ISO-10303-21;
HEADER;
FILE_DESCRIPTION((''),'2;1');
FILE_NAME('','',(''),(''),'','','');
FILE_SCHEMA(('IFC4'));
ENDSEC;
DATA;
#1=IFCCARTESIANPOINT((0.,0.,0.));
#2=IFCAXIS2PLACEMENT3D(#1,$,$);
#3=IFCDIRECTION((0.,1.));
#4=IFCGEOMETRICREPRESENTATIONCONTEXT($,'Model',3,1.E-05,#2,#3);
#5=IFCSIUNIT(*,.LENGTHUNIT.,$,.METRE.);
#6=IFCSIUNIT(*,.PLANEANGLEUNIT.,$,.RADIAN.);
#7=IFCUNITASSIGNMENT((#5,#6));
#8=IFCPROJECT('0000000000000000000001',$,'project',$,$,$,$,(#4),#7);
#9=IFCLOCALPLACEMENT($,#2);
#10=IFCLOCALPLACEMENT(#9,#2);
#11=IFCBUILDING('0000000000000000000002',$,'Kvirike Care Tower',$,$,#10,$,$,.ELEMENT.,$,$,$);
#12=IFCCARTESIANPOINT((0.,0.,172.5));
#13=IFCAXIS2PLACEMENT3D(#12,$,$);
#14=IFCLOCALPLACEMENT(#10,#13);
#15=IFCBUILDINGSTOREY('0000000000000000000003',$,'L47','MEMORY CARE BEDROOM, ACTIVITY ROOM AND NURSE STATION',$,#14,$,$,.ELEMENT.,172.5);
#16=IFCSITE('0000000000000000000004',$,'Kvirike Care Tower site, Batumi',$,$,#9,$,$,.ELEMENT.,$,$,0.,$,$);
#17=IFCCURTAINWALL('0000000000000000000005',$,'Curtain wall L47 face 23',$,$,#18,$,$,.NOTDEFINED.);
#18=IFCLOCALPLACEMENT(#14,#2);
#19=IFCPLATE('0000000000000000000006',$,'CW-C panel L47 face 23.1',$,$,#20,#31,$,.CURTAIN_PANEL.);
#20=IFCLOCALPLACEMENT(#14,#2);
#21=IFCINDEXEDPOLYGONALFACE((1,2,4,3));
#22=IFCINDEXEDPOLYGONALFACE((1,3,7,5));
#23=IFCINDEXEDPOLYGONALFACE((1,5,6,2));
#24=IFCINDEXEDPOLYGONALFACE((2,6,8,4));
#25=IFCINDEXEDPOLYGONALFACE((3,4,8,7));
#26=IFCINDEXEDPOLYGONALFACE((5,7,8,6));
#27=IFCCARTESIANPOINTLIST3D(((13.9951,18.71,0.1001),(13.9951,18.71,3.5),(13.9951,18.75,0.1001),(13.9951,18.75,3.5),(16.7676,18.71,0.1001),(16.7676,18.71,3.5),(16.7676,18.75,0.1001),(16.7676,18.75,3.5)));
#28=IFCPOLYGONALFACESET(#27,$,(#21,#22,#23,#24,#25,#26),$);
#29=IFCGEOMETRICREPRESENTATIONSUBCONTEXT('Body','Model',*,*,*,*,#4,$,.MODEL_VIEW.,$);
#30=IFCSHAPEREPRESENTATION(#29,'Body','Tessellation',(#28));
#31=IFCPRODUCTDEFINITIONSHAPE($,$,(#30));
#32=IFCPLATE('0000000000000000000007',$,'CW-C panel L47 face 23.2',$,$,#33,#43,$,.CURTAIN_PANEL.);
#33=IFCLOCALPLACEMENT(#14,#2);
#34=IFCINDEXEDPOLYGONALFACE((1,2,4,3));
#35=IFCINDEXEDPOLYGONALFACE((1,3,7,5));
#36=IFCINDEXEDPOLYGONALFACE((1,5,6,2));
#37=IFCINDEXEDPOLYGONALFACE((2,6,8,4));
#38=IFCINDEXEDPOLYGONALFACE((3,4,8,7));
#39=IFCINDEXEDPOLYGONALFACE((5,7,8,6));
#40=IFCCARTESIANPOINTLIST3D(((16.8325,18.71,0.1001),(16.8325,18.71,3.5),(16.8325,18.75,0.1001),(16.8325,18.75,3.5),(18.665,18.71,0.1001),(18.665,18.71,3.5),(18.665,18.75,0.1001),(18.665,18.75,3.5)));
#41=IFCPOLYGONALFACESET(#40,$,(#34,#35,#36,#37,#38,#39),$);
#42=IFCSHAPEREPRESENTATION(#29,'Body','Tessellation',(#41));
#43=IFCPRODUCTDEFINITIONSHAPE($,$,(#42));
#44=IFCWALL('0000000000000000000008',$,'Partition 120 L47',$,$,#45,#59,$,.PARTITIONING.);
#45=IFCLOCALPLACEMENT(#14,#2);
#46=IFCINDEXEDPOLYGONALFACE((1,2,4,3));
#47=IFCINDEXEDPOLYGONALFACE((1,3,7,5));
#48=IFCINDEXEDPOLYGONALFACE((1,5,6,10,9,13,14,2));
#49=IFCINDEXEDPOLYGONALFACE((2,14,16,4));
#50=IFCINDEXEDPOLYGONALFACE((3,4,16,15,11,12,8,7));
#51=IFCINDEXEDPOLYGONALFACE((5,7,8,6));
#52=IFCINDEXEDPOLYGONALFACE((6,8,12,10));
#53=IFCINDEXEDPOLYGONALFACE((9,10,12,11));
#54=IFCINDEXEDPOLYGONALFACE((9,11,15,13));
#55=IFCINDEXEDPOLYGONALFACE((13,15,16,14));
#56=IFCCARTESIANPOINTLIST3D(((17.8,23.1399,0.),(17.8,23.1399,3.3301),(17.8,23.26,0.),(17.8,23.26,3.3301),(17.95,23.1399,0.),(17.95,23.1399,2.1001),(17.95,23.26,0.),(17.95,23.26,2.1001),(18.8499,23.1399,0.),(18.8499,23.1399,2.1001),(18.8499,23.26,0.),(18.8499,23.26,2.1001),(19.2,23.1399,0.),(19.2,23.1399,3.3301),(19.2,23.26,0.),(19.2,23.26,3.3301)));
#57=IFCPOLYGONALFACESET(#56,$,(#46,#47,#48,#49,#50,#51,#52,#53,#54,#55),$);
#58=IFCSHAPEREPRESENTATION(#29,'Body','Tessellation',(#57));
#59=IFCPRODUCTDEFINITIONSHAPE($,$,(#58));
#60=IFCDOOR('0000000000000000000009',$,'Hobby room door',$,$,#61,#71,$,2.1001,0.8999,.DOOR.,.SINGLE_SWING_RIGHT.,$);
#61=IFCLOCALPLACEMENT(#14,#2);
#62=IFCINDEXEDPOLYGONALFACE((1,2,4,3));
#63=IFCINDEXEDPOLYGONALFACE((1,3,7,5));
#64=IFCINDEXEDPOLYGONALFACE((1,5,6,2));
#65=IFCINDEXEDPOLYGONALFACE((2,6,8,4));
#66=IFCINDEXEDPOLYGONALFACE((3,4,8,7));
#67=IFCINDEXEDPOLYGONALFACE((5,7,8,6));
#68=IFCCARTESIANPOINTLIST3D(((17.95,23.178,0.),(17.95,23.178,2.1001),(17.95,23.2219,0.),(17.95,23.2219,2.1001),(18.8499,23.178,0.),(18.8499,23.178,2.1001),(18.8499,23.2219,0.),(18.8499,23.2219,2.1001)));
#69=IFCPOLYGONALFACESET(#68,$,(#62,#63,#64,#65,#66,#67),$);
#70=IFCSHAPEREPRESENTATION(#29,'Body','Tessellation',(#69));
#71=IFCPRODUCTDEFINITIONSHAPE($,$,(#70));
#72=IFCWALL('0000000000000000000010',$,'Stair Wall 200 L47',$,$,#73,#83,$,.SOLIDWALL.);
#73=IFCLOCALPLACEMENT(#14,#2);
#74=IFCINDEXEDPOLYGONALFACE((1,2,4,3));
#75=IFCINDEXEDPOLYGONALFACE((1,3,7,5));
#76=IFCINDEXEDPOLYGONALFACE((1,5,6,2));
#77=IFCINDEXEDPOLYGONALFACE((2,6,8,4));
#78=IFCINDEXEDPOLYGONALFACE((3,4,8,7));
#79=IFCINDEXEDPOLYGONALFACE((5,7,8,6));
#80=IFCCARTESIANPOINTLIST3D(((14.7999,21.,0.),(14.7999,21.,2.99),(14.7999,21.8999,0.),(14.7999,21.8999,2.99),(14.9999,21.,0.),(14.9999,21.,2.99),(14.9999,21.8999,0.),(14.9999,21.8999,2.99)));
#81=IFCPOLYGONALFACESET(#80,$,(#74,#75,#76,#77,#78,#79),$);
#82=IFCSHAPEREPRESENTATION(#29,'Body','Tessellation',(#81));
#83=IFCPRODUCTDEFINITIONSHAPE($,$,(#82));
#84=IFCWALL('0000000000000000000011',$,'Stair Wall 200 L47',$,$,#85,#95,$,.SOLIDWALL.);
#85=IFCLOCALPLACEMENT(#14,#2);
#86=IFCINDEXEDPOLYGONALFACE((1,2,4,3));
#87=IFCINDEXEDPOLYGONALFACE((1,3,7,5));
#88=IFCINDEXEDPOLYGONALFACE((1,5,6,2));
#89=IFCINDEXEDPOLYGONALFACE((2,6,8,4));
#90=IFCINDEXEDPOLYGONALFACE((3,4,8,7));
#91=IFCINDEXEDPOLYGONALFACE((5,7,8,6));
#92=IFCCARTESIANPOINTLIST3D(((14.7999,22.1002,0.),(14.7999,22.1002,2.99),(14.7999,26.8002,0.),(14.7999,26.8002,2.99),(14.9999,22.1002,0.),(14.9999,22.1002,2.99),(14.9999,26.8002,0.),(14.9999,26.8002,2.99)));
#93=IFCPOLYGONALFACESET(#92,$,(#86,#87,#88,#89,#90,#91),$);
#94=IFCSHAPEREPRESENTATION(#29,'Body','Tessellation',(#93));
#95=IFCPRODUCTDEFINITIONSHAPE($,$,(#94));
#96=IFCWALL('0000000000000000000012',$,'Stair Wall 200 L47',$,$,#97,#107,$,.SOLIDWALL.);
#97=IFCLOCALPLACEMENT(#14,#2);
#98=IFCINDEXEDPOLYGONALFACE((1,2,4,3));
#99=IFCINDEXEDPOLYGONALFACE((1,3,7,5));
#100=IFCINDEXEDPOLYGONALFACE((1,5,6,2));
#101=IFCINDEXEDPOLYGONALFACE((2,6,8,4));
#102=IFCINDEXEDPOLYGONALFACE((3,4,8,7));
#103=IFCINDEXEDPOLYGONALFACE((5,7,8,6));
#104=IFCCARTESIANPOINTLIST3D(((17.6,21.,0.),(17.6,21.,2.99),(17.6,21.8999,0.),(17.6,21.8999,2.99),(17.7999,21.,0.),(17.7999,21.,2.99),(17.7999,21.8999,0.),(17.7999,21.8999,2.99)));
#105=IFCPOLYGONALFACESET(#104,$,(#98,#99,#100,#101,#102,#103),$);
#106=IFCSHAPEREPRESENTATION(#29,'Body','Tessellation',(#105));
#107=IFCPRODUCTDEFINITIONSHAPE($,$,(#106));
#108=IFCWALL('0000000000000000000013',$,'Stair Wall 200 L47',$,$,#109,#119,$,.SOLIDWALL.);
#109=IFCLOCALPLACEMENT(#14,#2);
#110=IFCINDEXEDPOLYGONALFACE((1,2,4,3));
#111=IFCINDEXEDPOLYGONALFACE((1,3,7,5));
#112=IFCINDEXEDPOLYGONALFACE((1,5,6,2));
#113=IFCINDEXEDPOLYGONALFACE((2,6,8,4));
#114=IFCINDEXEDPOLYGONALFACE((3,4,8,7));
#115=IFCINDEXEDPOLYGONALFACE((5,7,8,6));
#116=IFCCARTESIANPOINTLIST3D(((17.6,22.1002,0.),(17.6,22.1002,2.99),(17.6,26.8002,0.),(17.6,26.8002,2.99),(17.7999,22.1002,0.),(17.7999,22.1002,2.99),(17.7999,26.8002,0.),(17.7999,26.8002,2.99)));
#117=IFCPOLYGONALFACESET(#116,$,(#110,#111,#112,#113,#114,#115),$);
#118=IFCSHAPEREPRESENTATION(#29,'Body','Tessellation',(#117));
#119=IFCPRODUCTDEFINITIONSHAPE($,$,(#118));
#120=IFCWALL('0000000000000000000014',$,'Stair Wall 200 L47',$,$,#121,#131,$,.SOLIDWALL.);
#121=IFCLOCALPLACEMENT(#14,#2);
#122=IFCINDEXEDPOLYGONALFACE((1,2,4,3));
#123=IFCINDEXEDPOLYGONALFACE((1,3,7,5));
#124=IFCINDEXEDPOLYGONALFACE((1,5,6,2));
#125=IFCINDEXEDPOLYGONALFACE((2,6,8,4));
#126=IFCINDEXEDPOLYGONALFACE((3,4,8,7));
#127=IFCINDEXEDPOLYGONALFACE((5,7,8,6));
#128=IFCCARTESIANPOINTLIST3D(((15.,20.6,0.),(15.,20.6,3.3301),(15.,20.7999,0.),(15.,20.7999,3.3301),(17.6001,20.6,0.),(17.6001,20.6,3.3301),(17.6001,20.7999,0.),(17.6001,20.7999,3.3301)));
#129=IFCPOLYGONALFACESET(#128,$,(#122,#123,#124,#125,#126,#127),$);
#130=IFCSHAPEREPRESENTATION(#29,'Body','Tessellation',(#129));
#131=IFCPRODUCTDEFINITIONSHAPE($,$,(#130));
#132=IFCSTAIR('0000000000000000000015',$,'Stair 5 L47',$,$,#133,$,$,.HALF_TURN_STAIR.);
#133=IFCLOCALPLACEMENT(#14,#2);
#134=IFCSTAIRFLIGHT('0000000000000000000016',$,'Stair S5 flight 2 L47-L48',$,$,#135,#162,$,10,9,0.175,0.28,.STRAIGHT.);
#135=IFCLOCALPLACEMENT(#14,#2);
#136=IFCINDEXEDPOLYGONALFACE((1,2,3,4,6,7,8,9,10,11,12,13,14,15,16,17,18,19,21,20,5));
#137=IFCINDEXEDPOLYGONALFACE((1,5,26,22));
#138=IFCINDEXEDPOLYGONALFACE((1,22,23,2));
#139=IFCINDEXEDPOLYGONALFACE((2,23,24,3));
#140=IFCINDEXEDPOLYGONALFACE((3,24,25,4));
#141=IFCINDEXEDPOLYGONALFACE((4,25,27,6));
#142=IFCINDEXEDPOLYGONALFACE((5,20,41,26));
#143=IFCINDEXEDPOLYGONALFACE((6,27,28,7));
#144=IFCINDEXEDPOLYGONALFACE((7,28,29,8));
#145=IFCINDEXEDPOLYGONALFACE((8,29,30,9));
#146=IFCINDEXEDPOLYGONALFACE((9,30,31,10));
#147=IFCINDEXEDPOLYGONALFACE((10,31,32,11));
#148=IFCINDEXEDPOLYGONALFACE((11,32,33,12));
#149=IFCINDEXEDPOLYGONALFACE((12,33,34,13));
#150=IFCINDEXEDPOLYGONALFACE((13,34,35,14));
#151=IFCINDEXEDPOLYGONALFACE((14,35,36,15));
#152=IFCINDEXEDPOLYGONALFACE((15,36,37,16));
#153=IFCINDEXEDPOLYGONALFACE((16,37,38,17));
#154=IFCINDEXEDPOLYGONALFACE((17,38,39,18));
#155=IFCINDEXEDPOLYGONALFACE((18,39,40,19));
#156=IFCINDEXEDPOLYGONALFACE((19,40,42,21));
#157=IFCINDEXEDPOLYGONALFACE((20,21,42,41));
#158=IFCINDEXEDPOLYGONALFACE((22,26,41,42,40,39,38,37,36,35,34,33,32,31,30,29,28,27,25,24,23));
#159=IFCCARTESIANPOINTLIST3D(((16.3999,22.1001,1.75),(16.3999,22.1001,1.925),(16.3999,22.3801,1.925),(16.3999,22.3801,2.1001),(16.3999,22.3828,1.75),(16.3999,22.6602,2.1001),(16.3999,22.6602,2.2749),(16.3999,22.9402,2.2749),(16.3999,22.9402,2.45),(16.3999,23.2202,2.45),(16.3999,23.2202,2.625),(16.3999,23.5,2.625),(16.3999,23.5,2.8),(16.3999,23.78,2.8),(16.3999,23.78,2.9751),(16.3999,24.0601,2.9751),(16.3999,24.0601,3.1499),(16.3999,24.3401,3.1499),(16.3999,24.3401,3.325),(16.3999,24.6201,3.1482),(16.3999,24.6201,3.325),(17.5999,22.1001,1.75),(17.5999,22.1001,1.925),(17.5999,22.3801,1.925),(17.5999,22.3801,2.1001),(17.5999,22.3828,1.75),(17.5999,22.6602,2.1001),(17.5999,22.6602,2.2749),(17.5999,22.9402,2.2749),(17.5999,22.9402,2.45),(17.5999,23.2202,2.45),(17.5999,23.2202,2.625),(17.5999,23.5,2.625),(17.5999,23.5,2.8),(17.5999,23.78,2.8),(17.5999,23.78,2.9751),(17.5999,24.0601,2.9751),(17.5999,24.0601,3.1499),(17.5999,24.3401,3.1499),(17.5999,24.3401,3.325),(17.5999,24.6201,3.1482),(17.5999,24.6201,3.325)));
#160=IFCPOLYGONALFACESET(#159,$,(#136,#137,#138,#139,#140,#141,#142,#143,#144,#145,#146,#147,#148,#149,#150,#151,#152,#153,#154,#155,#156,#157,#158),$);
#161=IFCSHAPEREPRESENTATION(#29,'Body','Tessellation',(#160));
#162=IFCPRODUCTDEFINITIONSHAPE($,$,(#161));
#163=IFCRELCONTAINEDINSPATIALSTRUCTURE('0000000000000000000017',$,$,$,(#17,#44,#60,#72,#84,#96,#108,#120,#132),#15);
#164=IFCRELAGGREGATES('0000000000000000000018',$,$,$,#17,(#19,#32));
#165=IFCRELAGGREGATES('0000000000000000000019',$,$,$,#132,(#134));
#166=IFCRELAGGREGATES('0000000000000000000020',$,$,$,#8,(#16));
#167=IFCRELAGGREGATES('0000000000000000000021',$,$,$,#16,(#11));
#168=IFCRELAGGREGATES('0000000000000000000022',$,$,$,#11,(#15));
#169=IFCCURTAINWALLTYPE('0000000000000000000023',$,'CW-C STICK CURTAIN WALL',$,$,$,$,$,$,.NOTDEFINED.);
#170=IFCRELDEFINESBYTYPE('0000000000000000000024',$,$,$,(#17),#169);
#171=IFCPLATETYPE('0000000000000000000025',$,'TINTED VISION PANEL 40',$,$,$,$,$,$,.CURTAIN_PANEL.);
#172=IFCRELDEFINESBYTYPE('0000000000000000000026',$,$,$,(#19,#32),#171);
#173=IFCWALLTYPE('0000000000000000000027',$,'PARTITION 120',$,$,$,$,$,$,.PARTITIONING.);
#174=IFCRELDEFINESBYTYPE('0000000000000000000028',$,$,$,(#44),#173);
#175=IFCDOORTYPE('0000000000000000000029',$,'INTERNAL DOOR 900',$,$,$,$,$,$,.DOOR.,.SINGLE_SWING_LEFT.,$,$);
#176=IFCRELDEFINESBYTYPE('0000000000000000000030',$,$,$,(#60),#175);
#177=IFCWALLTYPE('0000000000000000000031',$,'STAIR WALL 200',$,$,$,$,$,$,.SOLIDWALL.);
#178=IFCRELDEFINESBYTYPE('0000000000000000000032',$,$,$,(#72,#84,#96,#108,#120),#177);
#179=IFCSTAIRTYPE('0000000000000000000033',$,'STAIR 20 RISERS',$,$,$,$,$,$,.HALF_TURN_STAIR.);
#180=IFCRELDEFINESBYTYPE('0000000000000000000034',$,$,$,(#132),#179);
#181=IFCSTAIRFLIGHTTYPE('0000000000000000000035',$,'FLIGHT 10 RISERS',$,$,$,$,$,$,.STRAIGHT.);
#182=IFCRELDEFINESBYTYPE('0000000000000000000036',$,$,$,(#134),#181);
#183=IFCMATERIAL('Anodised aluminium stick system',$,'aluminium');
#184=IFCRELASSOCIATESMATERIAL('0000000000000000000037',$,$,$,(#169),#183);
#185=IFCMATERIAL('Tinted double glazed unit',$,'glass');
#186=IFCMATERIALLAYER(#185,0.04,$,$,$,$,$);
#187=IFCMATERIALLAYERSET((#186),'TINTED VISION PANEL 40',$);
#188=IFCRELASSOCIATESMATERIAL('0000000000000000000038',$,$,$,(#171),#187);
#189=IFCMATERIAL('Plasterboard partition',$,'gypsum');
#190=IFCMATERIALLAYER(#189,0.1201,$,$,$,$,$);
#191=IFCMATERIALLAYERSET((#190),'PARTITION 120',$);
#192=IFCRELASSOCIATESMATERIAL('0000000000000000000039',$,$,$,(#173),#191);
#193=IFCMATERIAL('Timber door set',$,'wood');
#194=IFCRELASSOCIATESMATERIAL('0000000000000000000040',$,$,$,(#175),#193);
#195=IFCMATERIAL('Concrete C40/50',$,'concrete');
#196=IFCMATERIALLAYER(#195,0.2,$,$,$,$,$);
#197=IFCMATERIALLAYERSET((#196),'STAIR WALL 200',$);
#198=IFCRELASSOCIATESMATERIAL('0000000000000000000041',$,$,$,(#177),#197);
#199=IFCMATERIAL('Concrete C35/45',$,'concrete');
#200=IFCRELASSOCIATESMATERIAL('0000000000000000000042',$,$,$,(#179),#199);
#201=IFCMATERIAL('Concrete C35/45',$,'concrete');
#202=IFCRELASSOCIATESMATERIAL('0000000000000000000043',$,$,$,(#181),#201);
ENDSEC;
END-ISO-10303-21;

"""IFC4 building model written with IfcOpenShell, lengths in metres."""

from ifc_helpers import new_model, si_unit, direction, frame, frame_2d, origin, origin_2d, place, context, subcontext, project, spatial, polyline, rectangle, outline, extrude, material, layer, layer_set, type_object, element, fill, aggregate, save


model = new_model("IFC4")

# Units and contexts
model_context = context("Model", 3, precision=1e-05, world=origin(), true_north=direction((0.0, 1.0)))
body_context = subcontext(model_context, "Body", "Model", "MODEL_VIEW")
ifc_project = project(units=[si_unit("LENGTHUNIT", "METRE"), si_unit("PLANEANGLEUNIT", "RADIAN")], contexts=[model_context])

# Site, building, storey
site_placement = place(None, origin())
site = spatial("IfcSite", under=ifc_project, at=site_placement, Name="Kvirike Care Tower site, Batumi", CompositionType="ELEMENT", RefElevation=0.0)
building_placement = place(site_placement, origin())
building = spatial("IfcBuilding", under=site, at=building_placement, Name="Kvirike Care Tower", CompositionType="ELEMENT")
storey_placement = place(building_placement, frame((0.0, 0.0, 172.5)))
storey = spatial("IfcBuildingStorey", under=building, at=storey_placement, Name="L47", Description="MEMORY CARE BEDROOM, ACTIVITY ROOM AND NURSE STATION", CompositionType="ELEMENT", Elevation=172.5)

# Curtain wall
ifc_material_1 = material(Name="Anodised aluminium stick system", Category="aluminium")
curtain_wall_type = type_object("IfcCurtainWallType", Name="CW-C STICK CURTAIN WALL", PredefinedType="NOTDEFINED", material=ifc_material_1)
curtain_wall_1_placement = place(storey_placement, origin())
curtain_wall_1 = element("IfcCurtainWall", 1, at=curtain_wall_1_placement, inside=storey, type_object=curtain_wall_type, Name="Curtain wall L47 face 23", PredefinedType="NOTDEFINED")

# Plates
ifc_material_2 = material(Name="Tinted double glazed unit", Category="glass")
ifc_layer_1 = layer(ifc_material_2, 0.04)
ifc_layer_set_1 = layer_set([ifc_layer_1], Name="TINTED VISION PANEL 40")
plate_type = type_object("IfcPlateType", Name="TINTED VISION PANEL 40", PredefinedType="CURTAIN_PANEL", material=ifc_layer_set_1)
plate_1_placement = place(storey_placement, frame((15.3813, 18.73, 0.1001), z_axis=(0.0, 0.0, 1.0), x_axis=(1.0, 0.0, 0.0)))
plate_1 = element("IfcPlate", 2, at=plate_1_placement, type_object=plate_type, Name="CW-C panel L47 face 23.1", PredefinedType="CURTAIN_PANEL", context=body_context, shape_type="SweptSolid", body=[
    extrude(rectangle(XDim=2.7725, YDim=0.04, at=origin_2d()), origin(), (0.0, 0.0, 1.0), 3.3999),
])
plate_2_placement = place(storey_placement, frame((17.7488, 18.73, 0.1001), z_axis=(0.0, 0.0, 1.0), x_axis=(1.0, 0.0, 0.0)))
plate_2 = element("IfcPlate", 3, at=plate_2_placement, type_object=plate_type, Name="CW-C panel L47 face 23.2", PredefinedType="CURTAIN_PANEL", context=body_context, shape_type="SweptSolid", body=[
    extrude(rectangle(XDim=1.8325, YDim=0.04, at=origin_2d()), origin(), (0.0, 0.0, 1.0), 3.3999),
])
aggregate(curtain_wall_1, [plate_1, plate_2])

# Wall, opening, door
ifc_material_3 = material(Name="Plasterboard partition", Category="gypsum")
ifc_layer_2 = layer(ifc_material_3, 0.1201)
ifc_layer_set_2 = layer_set([ifc_layer_2], Name="PARTITION 120")
wall_type_1 = type_object("IfcWallType", Name="PARTITION 120", PredefinedType="PARTITIONING", material=ifc_layer_set_2)
wall_1_placement = place(storey_placement, frame((17.8, 23.2, 0.0), z_axis=(0.0, 0.0, 1.0), x_axis=(1.0, 0.0, 0.0)))
wall_1 = element("IfcWall", 4, at=wall_1_placement, inside=storey, type_object=wall_type_1, Name="Partition 120 L47", PredefinedType="PARTITIONING", context=body_context, shape_type="SweptSolid", body=[
    extrude(rectangle(XDim=1.3999, YDim=0.1201, at=frame_2d((0.7, 0.0))), origin(), (0.0, 0.0, 1.0), 3.3301),
])
opening_placement = place(wall_1_placement, frame((0.1499, 0.0, 0.0)))
opening = element("IfcOpeningElement", 5, at=opening_placement, cuts=wall_1, PredefinedType="OPENING", context=body_context, shape_type="SweptSolid", body=[
    extrude(rectangle(XDim=0.8999, YDim=2.1001, at=frame_2d((0.45, 1.05))), frame((0.0, 0.0706, 0.0), z_axis=(0.0, -1.0, 0.0), x_axis=(1.0, 0.0, 0.0)), (0.0, 0.0, 1.0), 0.1411),
])
ifc_material_4 = material(Name="Timber door set", Category="wood")
door_type = type_object("IfcDoorType", Name="INTERNAL DOOR 900", OperationType="SINGLE_SWING_LEFT", PredefinedType="DOOR", material=ifc_material_4)
door_placement = place(opening_placement, origin())
door = element("IfcDoor", 6, at=door_placement, inside=storey, type_object=door_type, Name="Hobby room door", OperationType="SINGLE_SWING_RIGHT", OverallHeight=2.1001, OverallWidth=0.8999, PredefinedType="DOOR", context=body_context, shape_type="SweptSolid", body=[
    extrude(rectangle(XDim=0.8999, YDim=2.1001, at=frame_2d((0.45, 1.05))), frame((0.0, 0.022, 0.0), z_axis=(0.0, -1.0, 0.0), x_axis=(1.0, 0.0, 0.0)), (0.0, 0.0, 1.0), 0.0439),
])
fill(opening, door)

# Walls
ifc_material_5 = material(Name="Concrete C40/50", Category="concrete")
ifc_layer_3 = layer(ifc_material_5, 0.2)
ifc_layer_set_3 = layer_set([ifc_layer_3], Name="STAIR WALL 200")
wall_type_2 = type_object("IfcWallType", Name="STAIR WALL 200", PredefinedType="SOLIDWALL", material=ifc_layer_set_3)
wall_2_placement = place(storey_placement, frame((14.8999, 21.0, 0.0), z_axis=(0.0, 0.0, 1.0), x_axis=(0.0, 1.0, 0.0)))
element("IfcWall", 7, at=wall_2_placement, inside=storey, type_object=wall_type_2, Name="Stair Wall 200 L47", PredefinedType="SOLIDWALL", context=body_context, shape_type="SweptSolid", body=[
    extrude(rectangle(XDim=0.8999, YDim=0.2, at=frame_2d((0.45, 0.0))), origin(), (0.0, 0.0, 1.0), 2.99),
])
wall_3_placement = place(storey_placement, frame((14.8999, 22.1001, 0.0), z_axis=(0.0, 0.0, 1.0), x_axis=(0.0, 1.0, 0.0)))
element("IfcWall", 8, at=wall_3_placement, inside=storey, type_object=wall_type_2, Name="Stair Wall 200 L47", PredefinedType="SOLIDWALL", context=body_context, shape_type="SweptSolid", body=[
    extrude(rectangle(XDim=4.7, YDim=0.2, at=frame_2d((2.3501, 0.0))), origin(), (0.0, 0.0, 1.0), 2.99),
])
wall_4_placement = place(storey_placement, frame((17.7, 21.0, 0.0), z_axis=(0.0, 0.0, 1.0), x_axis=(0.0, 1.0, 0.0)))
element("IfcWall", 9, at=wall_4_placement, inside=storey, type_object=wall_type_2, Name="Stair Wall 200 L47", PredefinedType="SOLIDWALL", context=body_context, shape_type="SweptSolid", body=[
    extrude(rectangle(XDim=0.8999, YDim=0.2, at=frame_2d((0.45, 0.0))), origin(), (0.0, 0.0, 1.0), 2.99),
])
wall_5_placement = place(storey_placement, frame((17.7, 22.1001, 0.0), z_axis=(0.0, 0.0, 1.0), x_axis=(0.0, 1.0, 0.0)))
element("IfcWall", 10, at=wall_5_placement, inside=storey, type_object=wall_type_2, Name="Stair Wall 200 L47", PredefinedType="SOLIDWALL", context=body_context, shape_type="SweptSolid", body=[
    extrude(rectangle(XDim=4.7, YDim=0.2, at=frame_2d((2.3501, 0.0))), origin(), (0.0, 0.0, 1.0), 2.99),
])
wall_6_placement = place(storey_placement, frame((15.0, 20.7, 0.0), z_axis=(0.0, 0.0, 1.0), x_axis=(1.0, 0.0, 0.0)))
element("IfcWall", 11, at=wall_6_placement, inside=storey, type_object=wall_type_2, Name="Stair Wall 200 L47", PredefinedType="SOLIDWALL", context=body_context, shape_type="SweptSolid", body=[
    extrude(rectangle(XDim=2.6001, YDim=0.2, at=frame_2d((1.3, 0.0))), origin(), (0.0, 0.0, 1.0), 3.3301),
])

# Stair, stair flight
ifc_material_6 = material(Name="Concrete C35/45", Category="concrete")
stair_type = type_object("IfcStairType", Name="STAIR 20 RISERS", PredefinedType="HALF_TURN_STAIR", material=ifc_material_6)
stair_placement = place(storey_placement, origin())
stair = element("IfcStair", 12, at=stair_placement, inside=storey, type_object=stair_type, Name="Stair 5 L47", PredefinedType="HALF_TURN_STAIR")
ifc_material_7 = material(Name="Concrete C35/45", Category="concrete")
stair_flight_type = type_object("IfcStairFlightType", Name="FLIGHT 10 RISERS", PredefinedType="STRAIGHT", material=ifc_material_7)
stair_flight_placement = place(storey_placement, frame((17.0, 22.1001, 1.75), z_axis=(0.0, 0.0, 1.0), x_axis=(0.0, 1.0, 0.0)))
stair_flight = element("IfcStairFlight", 13, at=stair_flight_placement, type_object=stair_flight_type, Name="Stair S5 flight 2 L47-L48", NumberOfRisers=10, NumberOfTreads=9, PredefinedType="STRAIGHT", RiserHeight=0.175, TreadLength=0.28, context=body_context, shape_type="SweptSolid", body=[
    extrude(outline(polyline([(0.0, 0.0), (0.0, 0.175), (0.28, 0.175), (0.28, 0.3501), (0.5601, 0.3501), (0.5601, 0.5249), (0.8401, 0.5249), (0.8401, 0.7), (1.1201, 0.7), (1.1201, 0.875), (1.3999, 0.875), (1.3999, 1.05), (1.6799, 1.05), (1.6799, 1.2251), (1.96, 1.2251), (1.96, 1.3999), (2.24, 1.3999), (2.24, 1.575), (2.52, 1.575), (2.52, 1.75), (2.52, 1.3982), (0.2827, 0.0), (0.0, 0.0)])), frame((0.0, 0.6001, 0.0), z_axis=(0.0, -1.0, 0.0), x_axis=(1.0, 0.0, 0.0)), (0.0, 0.0, 1.0), 1.2),
])
aggregate(stair, [stair_flight])

save(model, "model.ifc")
